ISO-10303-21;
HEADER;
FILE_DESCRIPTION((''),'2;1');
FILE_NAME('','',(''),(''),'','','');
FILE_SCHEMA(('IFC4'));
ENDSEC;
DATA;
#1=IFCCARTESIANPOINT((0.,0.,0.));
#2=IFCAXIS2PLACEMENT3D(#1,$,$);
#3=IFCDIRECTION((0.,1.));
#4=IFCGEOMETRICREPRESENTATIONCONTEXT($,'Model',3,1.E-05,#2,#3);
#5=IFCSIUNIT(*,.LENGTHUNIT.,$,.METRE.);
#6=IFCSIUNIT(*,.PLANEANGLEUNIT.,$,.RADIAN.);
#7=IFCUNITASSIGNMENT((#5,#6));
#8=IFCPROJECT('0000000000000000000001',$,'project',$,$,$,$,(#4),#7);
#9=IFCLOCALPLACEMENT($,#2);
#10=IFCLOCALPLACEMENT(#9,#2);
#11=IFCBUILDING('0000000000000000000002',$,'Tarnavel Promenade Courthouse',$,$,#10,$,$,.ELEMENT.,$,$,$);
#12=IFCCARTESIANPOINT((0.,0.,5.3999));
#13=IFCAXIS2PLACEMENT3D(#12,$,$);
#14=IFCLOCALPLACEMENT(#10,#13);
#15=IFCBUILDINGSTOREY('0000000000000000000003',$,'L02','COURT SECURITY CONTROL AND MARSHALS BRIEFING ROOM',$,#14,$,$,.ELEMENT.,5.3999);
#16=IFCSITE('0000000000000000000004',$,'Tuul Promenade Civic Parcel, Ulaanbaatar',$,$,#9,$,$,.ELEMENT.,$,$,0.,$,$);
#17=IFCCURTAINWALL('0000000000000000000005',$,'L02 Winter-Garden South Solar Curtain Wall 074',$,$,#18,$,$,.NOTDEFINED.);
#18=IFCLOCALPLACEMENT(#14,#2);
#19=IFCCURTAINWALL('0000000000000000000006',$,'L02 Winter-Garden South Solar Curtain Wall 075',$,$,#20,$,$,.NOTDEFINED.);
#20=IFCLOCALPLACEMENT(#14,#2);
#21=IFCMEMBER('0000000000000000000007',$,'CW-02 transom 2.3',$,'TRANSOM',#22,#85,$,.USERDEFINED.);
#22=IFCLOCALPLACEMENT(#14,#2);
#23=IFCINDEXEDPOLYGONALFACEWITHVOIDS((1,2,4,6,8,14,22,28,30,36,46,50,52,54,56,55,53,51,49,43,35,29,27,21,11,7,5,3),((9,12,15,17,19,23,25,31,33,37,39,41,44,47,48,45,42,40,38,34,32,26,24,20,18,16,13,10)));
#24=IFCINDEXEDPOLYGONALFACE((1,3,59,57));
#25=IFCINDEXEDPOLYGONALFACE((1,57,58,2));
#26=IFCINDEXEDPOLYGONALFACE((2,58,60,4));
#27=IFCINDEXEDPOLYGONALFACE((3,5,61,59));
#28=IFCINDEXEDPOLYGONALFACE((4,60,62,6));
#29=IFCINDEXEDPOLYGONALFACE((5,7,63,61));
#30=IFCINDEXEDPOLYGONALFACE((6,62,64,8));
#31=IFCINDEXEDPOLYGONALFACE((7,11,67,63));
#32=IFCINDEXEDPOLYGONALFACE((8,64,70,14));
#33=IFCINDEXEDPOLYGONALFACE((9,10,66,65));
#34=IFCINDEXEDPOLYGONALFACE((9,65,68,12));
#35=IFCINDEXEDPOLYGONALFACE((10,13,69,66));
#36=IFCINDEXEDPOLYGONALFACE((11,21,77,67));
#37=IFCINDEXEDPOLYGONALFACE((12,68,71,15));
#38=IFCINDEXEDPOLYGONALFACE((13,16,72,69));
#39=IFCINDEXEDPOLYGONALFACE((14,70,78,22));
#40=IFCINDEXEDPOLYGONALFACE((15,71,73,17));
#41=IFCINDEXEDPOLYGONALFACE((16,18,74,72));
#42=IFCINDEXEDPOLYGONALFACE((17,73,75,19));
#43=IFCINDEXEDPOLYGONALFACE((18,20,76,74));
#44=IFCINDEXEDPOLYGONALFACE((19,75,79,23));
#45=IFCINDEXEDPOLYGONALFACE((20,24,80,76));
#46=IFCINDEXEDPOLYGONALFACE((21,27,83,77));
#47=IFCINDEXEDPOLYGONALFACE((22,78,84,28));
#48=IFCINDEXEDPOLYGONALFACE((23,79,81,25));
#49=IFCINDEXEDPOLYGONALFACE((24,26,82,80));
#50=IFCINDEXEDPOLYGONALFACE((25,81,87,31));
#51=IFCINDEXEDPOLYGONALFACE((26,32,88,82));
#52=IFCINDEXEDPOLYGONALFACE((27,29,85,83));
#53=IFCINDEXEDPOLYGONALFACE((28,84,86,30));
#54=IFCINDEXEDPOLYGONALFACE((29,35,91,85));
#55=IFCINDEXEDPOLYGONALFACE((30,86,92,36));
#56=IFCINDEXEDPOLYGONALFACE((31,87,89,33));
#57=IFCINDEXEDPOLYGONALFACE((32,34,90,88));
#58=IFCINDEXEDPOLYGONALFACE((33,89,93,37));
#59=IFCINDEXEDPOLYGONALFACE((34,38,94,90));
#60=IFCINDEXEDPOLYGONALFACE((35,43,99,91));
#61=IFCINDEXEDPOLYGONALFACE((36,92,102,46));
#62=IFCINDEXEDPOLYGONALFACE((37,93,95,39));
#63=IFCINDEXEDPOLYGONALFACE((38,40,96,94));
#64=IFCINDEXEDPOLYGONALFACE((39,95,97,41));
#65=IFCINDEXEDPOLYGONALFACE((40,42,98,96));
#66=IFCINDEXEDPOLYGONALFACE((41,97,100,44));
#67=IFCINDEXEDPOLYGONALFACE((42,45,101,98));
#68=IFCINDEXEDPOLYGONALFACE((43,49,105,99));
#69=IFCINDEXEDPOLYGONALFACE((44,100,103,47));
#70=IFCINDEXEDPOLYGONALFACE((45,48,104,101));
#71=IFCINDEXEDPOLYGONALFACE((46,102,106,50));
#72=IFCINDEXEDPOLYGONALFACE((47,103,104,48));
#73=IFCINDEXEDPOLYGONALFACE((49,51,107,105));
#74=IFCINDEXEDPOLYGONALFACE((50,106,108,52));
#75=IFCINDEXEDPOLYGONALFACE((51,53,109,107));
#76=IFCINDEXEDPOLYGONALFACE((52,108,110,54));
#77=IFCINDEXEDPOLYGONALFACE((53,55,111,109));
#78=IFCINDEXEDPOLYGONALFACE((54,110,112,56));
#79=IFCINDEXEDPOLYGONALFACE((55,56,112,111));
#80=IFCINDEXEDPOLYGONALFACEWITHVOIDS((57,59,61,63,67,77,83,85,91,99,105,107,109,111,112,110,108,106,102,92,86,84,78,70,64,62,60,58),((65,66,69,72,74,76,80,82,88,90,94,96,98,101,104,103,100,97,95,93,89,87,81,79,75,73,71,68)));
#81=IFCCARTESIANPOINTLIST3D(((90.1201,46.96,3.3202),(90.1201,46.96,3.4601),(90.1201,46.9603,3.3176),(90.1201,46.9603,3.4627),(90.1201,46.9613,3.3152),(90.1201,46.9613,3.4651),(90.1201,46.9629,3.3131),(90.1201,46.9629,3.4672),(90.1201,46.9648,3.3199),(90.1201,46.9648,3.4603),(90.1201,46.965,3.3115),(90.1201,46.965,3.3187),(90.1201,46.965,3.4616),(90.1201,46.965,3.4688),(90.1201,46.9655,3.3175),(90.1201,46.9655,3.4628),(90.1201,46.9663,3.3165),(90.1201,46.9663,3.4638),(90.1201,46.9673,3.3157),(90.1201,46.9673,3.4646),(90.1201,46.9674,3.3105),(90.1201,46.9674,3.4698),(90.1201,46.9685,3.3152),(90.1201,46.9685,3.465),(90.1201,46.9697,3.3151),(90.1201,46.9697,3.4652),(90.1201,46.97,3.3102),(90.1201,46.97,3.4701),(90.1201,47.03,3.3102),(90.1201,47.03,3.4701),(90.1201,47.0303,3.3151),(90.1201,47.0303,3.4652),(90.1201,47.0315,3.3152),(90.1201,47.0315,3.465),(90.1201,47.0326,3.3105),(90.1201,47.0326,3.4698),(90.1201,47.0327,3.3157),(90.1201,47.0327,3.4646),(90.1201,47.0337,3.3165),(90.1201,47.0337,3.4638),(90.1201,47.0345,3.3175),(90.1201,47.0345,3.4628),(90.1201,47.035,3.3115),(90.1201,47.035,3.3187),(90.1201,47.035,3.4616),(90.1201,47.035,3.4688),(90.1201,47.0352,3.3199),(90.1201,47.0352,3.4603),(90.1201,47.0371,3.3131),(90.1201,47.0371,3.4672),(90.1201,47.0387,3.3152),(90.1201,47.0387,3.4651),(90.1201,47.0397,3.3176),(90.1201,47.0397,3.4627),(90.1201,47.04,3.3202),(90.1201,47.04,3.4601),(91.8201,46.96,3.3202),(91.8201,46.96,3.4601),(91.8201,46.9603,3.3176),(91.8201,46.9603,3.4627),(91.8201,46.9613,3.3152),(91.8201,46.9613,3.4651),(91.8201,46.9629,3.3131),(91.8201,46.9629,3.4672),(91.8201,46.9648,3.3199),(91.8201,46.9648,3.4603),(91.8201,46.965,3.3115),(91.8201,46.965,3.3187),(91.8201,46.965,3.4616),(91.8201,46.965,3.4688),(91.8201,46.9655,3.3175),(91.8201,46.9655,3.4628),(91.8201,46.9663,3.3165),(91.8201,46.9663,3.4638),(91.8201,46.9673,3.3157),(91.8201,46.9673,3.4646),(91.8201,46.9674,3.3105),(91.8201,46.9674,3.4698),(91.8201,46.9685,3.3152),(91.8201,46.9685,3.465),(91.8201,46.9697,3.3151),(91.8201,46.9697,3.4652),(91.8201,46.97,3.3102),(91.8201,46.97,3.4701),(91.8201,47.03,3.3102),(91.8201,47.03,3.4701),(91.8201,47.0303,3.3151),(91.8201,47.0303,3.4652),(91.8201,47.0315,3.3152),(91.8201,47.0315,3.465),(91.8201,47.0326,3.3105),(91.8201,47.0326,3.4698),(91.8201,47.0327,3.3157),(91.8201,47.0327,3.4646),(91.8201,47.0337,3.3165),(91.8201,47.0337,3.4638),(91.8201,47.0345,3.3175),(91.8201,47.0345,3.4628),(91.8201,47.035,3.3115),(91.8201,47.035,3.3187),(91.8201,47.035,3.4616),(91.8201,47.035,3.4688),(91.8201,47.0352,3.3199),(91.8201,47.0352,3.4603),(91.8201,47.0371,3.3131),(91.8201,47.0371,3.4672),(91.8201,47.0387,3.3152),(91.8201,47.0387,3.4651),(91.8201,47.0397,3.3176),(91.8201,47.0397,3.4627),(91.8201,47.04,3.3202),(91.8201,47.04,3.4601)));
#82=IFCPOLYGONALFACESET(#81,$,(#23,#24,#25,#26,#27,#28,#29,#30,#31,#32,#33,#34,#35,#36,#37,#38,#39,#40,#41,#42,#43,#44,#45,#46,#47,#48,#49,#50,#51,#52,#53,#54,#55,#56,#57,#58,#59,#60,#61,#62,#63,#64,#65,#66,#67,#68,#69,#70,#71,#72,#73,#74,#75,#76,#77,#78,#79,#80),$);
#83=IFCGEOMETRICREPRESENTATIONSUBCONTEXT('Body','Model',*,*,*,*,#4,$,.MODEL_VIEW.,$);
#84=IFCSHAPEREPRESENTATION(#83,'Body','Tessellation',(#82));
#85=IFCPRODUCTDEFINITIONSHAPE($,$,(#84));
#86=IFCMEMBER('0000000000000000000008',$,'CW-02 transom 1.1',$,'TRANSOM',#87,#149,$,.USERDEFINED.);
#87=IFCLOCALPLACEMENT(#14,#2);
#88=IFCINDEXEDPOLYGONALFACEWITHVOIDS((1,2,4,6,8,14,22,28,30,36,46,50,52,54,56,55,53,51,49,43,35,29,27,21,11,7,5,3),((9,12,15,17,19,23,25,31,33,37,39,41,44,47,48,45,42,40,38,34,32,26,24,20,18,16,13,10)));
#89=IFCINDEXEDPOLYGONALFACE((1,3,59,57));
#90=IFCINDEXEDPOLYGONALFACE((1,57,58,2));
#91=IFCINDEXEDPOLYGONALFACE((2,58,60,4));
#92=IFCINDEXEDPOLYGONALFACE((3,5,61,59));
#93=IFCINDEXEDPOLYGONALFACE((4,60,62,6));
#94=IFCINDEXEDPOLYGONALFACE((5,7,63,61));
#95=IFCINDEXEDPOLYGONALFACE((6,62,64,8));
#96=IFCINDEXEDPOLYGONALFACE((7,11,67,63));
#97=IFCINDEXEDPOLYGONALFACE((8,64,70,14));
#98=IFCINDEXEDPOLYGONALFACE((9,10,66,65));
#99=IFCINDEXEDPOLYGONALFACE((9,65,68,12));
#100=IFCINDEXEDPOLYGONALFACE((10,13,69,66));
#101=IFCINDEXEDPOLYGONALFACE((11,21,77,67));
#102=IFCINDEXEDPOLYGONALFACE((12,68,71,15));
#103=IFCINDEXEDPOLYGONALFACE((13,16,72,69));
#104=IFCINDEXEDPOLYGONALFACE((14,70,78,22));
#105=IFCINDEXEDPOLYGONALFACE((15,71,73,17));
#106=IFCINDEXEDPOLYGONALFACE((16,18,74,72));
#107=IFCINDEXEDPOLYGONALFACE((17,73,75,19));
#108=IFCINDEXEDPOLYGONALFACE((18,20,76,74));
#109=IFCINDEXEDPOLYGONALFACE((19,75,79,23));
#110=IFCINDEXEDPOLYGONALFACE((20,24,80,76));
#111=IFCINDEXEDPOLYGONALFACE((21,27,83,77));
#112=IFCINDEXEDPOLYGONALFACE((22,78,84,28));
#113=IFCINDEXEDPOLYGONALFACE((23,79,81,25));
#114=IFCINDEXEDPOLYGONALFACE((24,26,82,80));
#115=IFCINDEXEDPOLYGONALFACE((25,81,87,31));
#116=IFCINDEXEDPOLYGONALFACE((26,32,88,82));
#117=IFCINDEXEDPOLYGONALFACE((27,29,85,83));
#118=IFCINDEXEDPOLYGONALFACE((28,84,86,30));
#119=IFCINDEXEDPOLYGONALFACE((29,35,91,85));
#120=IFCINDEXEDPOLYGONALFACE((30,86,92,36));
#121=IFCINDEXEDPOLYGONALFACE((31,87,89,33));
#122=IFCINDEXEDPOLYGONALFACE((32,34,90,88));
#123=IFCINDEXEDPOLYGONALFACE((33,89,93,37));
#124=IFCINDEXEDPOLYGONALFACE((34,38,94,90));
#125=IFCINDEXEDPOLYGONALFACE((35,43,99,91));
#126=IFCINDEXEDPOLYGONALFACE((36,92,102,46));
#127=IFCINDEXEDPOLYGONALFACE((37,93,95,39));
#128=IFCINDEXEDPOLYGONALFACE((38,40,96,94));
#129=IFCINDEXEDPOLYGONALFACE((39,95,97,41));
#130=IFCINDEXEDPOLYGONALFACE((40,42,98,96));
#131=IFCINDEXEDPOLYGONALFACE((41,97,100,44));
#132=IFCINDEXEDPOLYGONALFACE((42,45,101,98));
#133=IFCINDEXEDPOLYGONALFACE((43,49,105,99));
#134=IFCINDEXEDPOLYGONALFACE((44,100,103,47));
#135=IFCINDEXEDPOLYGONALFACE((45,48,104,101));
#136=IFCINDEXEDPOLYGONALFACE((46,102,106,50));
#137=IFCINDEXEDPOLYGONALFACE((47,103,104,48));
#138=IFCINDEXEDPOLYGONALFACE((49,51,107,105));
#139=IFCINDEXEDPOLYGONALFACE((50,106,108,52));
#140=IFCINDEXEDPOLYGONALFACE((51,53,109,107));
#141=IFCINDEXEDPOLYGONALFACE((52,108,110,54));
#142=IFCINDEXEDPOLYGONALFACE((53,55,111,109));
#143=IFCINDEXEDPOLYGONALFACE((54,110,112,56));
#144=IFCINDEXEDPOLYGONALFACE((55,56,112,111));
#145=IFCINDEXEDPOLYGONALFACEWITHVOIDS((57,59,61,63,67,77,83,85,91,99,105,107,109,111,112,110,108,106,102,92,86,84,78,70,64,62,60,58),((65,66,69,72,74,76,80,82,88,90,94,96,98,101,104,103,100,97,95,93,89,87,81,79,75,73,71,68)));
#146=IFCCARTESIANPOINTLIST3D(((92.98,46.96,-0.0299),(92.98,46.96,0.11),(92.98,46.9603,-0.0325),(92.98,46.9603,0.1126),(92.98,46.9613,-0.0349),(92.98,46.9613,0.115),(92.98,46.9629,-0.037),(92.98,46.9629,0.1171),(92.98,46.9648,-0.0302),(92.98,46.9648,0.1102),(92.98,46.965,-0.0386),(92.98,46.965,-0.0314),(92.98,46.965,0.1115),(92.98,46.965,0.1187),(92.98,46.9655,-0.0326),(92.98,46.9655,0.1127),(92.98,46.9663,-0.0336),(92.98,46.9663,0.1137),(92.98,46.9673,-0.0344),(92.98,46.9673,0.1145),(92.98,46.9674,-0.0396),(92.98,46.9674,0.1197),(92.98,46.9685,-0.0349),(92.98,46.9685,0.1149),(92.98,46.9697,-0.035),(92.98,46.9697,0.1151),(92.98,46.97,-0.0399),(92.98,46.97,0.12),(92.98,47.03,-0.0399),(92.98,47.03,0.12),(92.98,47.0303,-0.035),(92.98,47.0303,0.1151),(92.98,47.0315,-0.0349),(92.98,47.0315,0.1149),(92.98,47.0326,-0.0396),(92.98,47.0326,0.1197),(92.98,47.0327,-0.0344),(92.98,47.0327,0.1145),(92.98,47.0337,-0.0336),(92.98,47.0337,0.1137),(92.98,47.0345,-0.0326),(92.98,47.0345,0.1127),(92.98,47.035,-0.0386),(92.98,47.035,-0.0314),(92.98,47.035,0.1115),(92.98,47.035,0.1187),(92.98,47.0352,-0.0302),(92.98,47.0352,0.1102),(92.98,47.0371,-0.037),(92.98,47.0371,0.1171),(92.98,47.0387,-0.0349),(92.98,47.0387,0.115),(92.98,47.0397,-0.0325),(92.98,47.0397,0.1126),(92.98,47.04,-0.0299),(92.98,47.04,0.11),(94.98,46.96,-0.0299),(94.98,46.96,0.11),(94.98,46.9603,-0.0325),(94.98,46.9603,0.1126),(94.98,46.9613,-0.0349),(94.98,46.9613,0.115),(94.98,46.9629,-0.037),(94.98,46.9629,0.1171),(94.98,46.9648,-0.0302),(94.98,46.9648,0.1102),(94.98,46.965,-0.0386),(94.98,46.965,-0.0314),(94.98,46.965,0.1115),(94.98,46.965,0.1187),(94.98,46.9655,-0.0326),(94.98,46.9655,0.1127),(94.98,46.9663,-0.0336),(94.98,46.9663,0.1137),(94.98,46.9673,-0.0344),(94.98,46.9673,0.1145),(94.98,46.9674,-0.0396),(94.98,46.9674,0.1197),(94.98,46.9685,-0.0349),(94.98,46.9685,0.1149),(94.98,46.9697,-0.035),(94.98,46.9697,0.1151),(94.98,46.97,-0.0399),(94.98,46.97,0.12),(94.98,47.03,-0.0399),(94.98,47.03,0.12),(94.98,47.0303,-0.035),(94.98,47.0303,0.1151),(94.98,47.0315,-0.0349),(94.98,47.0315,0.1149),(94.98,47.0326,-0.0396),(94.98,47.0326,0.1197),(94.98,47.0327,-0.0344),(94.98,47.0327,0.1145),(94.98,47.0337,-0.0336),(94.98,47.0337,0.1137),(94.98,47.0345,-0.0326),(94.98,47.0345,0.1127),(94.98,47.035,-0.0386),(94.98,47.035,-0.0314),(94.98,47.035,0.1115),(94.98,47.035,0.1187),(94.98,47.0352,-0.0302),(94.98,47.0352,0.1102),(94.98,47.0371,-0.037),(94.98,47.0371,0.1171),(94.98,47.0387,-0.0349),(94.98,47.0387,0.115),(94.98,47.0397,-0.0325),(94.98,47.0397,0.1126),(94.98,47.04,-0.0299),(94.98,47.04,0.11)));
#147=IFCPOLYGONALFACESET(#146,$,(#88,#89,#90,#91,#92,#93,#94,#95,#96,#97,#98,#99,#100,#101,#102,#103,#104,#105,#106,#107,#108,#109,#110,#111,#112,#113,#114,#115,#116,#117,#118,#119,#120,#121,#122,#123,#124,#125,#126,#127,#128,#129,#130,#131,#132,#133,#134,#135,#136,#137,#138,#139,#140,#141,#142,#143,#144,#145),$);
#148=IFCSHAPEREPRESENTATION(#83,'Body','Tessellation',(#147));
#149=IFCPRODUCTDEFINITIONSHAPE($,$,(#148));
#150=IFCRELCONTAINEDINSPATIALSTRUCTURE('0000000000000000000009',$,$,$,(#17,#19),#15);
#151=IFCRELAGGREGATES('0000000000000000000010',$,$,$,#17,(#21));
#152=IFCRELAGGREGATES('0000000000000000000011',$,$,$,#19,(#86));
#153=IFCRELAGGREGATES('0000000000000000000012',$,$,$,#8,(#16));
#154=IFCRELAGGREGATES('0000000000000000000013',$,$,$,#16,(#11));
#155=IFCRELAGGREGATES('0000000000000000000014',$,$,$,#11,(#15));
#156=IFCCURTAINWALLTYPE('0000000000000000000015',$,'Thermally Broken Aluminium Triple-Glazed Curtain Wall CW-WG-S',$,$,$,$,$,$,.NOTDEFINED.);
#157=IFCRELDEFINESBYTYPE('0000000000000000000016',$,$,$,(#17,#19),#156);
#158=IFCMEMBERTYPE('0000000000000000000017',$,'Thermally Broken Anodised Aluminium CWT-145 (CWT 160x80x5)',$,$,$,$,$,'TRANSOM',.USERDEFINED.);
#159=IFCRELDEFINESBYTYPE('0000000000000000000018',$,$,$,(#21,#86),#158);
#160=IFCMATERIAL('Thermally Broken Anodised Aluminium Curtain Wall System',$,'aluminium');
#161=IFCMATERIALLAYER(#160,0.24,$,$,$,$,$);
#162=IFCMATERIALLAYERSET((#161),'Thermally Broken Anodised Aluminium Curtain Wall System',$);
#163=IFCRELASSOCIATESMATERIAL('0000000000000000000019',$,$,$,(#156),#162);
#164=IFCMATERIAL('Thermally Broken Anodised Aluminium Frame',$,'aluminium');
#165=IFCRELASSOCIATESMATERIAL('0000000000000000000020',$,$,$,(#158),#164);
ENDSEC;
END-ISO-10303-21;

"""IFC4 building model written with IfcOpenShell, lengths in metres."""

from ifc_helpers import new_model, si_unit, direction, frame, origin, origin_2d, place, context, subcontext, project, spatial, hollow_rectangle, extrude, material, layer, layer_set, material_profile, profile_set, type_object, element, aggregate, save


model = new_model("IFC4")

# Units and contexts
model_context = context("Model", 3, precision=1e-05, world=origin(), true_north=direction((0.0, 1.0)))
body_context = subcontext(model_context, "Body", "Model", "MODEL_VIEW")
ifc_project = project(units=[si_unit("LENGTHUNIT", "METRE"), si_unit("PLANEANGLEUNIT", "RADIAN")], contexts=[model_context])

# Site, building, storey
site_placement = place(None, origin())
site = spatial("IfcSite", under=ifc_project, at=site_placement, Name="Tuul Promenade Civic Parcel, Ulaanbaatar", CompositionType="ELEMENT", RefElevation=0.0)
building_placement = place(site_placement, origin())
building = spatial("IfcBuilding", under=site, at=building_placement, Name="Tarnavel Promenade Courthouse", CompositionType="ELEMENT")
storey_placement = place(building_placement, frame((0.0, 0.0, 5.3999)))
storey = spatial("IfcBuildingStorey", under=building, at=storey_placement, Name="L02", Description="COURT SECURITY CONTROL AND MARSHALS BRIEFING ROOM", CompositionType="ELEMENT", Elevation=5.3999)

# Shared definitions
ifc_material_1 = material(Name="Thermally Broken Anodised Aluminium Curtain Wall System", Category="aluminium")
ifc_layer_1 = layer(ifc_material_1, 0.24)
ifc_layer_set_1 = layer_set([ifc_layer_1], Name="Thermally Broken Anodised Aluminium Curtain Wall System")
curtain_wall_type = type_object("IfcCurtainWallType", Name="Thermally Broken Aluminium Triple-Glazed Curtain Wall CW-WG-S", PredefinedType="NOTDEFINED", material=ifc_layer_set_1)
ifc_material_2 = material(Name="Thermally Broken Anodised Aluminium Frame", Category="aluminium")

# Curtain walls
curtain_wall_1_placement = place(storey_placement, origin())
curtain_wall_1 = element("IfcCurtainWall", 1, at=curtain_wall_1_placement, inside=storey, type_object=curtain_wall_type, Name="L02 Winter-Garden South Solar Curtain Wall 074", PredefinedType="NOTDEFINED")
curtain_wall_2_placement = place(storey_placement, origin())
curtain_wall_2 = element("IfcCurtainWall", 2, at=curtain_wall_2_placement, inside=storey, type_object=curtain_wall_type, Name="L02 Winter-Garden South Solar Curtain Wall 075", PredefinedType="NOTDEFINED")

# Members
ifc_material_profile_1 = material_profile(ifc_material_2, hollow_rectangle(XDim=0.0801, YDim=0.1599, WallThickness=0.0049, InnerFilletRadius=0.0049, OuterFilletRadius=0.01, at=origin_2d()), Name="CWT 160x80x5")
ifc_profile_set_1 = profile_set([ifc_material_profile_1], Name="Thermally Broken Anodised Aluminium Frame")
member_type_1 = type_object("IfcMemberType", Name="Thermally Broken Anodised Aluminium CWT-145 (CWT 160x80x5)", ElementType="TRANSOM", PredefinedType="USERDEFINED", material=ifc_profile_set_1)
member_1_placement = place(storey_placement, frame((90.1201, 47.0, 3.3901), z_axis=(1.0, 0.0, 0.0), x_axis=(0.0, 1.0, 0.0)))
member_1 = element("IfcMember", 3, at=member_1_placement, type_object=member_type_1, Name="CW-02 transom 2.3", ObjectType="TRANSOM", PredefinedType="USERDEFINED", context=body_context, shape_type="SweptSolid", body=[
    extrude(hollow_rectangle(XDim=0.0801, YDim=0.1599, WallThickness=0.0049, InnerFilletRadius=0.0049, OuterFilletRadius=0.01, at=origin_2d()), origin(), (0.0, 0.0, 1.0), 1.7),
])
member_2_placement = place(storey_placement, frame((92.98, 47.0, 0.04), z_axis=(1.0, 0.0, 0.0), x_axis=(0.0, 1.0, 0.0)))
member_2 = element("IfcMember", 4, at=member_2_placement, type_object=member_type_1, Name="CW-02 transom 1.1", ObjectType="TRANSOM", PredefinedType="USERDEFINED", context=body_context, shape_type="SweptSolid", body=[
    extrude(hollow_rectangle(XDim=0.0801, YDim=0.1599, WallThickness=0.0049, InnerFilletRadius=0.0049, OuterFilletRadius=0.01, at=origin_2d()), origin(), (0.0, 0.0, 1.0), 2.0),
])

aggregate(curtain_wall_1, [member_1])
aggregate(curtain_wall_2, [member_2])

save(model, "model.ifc")
